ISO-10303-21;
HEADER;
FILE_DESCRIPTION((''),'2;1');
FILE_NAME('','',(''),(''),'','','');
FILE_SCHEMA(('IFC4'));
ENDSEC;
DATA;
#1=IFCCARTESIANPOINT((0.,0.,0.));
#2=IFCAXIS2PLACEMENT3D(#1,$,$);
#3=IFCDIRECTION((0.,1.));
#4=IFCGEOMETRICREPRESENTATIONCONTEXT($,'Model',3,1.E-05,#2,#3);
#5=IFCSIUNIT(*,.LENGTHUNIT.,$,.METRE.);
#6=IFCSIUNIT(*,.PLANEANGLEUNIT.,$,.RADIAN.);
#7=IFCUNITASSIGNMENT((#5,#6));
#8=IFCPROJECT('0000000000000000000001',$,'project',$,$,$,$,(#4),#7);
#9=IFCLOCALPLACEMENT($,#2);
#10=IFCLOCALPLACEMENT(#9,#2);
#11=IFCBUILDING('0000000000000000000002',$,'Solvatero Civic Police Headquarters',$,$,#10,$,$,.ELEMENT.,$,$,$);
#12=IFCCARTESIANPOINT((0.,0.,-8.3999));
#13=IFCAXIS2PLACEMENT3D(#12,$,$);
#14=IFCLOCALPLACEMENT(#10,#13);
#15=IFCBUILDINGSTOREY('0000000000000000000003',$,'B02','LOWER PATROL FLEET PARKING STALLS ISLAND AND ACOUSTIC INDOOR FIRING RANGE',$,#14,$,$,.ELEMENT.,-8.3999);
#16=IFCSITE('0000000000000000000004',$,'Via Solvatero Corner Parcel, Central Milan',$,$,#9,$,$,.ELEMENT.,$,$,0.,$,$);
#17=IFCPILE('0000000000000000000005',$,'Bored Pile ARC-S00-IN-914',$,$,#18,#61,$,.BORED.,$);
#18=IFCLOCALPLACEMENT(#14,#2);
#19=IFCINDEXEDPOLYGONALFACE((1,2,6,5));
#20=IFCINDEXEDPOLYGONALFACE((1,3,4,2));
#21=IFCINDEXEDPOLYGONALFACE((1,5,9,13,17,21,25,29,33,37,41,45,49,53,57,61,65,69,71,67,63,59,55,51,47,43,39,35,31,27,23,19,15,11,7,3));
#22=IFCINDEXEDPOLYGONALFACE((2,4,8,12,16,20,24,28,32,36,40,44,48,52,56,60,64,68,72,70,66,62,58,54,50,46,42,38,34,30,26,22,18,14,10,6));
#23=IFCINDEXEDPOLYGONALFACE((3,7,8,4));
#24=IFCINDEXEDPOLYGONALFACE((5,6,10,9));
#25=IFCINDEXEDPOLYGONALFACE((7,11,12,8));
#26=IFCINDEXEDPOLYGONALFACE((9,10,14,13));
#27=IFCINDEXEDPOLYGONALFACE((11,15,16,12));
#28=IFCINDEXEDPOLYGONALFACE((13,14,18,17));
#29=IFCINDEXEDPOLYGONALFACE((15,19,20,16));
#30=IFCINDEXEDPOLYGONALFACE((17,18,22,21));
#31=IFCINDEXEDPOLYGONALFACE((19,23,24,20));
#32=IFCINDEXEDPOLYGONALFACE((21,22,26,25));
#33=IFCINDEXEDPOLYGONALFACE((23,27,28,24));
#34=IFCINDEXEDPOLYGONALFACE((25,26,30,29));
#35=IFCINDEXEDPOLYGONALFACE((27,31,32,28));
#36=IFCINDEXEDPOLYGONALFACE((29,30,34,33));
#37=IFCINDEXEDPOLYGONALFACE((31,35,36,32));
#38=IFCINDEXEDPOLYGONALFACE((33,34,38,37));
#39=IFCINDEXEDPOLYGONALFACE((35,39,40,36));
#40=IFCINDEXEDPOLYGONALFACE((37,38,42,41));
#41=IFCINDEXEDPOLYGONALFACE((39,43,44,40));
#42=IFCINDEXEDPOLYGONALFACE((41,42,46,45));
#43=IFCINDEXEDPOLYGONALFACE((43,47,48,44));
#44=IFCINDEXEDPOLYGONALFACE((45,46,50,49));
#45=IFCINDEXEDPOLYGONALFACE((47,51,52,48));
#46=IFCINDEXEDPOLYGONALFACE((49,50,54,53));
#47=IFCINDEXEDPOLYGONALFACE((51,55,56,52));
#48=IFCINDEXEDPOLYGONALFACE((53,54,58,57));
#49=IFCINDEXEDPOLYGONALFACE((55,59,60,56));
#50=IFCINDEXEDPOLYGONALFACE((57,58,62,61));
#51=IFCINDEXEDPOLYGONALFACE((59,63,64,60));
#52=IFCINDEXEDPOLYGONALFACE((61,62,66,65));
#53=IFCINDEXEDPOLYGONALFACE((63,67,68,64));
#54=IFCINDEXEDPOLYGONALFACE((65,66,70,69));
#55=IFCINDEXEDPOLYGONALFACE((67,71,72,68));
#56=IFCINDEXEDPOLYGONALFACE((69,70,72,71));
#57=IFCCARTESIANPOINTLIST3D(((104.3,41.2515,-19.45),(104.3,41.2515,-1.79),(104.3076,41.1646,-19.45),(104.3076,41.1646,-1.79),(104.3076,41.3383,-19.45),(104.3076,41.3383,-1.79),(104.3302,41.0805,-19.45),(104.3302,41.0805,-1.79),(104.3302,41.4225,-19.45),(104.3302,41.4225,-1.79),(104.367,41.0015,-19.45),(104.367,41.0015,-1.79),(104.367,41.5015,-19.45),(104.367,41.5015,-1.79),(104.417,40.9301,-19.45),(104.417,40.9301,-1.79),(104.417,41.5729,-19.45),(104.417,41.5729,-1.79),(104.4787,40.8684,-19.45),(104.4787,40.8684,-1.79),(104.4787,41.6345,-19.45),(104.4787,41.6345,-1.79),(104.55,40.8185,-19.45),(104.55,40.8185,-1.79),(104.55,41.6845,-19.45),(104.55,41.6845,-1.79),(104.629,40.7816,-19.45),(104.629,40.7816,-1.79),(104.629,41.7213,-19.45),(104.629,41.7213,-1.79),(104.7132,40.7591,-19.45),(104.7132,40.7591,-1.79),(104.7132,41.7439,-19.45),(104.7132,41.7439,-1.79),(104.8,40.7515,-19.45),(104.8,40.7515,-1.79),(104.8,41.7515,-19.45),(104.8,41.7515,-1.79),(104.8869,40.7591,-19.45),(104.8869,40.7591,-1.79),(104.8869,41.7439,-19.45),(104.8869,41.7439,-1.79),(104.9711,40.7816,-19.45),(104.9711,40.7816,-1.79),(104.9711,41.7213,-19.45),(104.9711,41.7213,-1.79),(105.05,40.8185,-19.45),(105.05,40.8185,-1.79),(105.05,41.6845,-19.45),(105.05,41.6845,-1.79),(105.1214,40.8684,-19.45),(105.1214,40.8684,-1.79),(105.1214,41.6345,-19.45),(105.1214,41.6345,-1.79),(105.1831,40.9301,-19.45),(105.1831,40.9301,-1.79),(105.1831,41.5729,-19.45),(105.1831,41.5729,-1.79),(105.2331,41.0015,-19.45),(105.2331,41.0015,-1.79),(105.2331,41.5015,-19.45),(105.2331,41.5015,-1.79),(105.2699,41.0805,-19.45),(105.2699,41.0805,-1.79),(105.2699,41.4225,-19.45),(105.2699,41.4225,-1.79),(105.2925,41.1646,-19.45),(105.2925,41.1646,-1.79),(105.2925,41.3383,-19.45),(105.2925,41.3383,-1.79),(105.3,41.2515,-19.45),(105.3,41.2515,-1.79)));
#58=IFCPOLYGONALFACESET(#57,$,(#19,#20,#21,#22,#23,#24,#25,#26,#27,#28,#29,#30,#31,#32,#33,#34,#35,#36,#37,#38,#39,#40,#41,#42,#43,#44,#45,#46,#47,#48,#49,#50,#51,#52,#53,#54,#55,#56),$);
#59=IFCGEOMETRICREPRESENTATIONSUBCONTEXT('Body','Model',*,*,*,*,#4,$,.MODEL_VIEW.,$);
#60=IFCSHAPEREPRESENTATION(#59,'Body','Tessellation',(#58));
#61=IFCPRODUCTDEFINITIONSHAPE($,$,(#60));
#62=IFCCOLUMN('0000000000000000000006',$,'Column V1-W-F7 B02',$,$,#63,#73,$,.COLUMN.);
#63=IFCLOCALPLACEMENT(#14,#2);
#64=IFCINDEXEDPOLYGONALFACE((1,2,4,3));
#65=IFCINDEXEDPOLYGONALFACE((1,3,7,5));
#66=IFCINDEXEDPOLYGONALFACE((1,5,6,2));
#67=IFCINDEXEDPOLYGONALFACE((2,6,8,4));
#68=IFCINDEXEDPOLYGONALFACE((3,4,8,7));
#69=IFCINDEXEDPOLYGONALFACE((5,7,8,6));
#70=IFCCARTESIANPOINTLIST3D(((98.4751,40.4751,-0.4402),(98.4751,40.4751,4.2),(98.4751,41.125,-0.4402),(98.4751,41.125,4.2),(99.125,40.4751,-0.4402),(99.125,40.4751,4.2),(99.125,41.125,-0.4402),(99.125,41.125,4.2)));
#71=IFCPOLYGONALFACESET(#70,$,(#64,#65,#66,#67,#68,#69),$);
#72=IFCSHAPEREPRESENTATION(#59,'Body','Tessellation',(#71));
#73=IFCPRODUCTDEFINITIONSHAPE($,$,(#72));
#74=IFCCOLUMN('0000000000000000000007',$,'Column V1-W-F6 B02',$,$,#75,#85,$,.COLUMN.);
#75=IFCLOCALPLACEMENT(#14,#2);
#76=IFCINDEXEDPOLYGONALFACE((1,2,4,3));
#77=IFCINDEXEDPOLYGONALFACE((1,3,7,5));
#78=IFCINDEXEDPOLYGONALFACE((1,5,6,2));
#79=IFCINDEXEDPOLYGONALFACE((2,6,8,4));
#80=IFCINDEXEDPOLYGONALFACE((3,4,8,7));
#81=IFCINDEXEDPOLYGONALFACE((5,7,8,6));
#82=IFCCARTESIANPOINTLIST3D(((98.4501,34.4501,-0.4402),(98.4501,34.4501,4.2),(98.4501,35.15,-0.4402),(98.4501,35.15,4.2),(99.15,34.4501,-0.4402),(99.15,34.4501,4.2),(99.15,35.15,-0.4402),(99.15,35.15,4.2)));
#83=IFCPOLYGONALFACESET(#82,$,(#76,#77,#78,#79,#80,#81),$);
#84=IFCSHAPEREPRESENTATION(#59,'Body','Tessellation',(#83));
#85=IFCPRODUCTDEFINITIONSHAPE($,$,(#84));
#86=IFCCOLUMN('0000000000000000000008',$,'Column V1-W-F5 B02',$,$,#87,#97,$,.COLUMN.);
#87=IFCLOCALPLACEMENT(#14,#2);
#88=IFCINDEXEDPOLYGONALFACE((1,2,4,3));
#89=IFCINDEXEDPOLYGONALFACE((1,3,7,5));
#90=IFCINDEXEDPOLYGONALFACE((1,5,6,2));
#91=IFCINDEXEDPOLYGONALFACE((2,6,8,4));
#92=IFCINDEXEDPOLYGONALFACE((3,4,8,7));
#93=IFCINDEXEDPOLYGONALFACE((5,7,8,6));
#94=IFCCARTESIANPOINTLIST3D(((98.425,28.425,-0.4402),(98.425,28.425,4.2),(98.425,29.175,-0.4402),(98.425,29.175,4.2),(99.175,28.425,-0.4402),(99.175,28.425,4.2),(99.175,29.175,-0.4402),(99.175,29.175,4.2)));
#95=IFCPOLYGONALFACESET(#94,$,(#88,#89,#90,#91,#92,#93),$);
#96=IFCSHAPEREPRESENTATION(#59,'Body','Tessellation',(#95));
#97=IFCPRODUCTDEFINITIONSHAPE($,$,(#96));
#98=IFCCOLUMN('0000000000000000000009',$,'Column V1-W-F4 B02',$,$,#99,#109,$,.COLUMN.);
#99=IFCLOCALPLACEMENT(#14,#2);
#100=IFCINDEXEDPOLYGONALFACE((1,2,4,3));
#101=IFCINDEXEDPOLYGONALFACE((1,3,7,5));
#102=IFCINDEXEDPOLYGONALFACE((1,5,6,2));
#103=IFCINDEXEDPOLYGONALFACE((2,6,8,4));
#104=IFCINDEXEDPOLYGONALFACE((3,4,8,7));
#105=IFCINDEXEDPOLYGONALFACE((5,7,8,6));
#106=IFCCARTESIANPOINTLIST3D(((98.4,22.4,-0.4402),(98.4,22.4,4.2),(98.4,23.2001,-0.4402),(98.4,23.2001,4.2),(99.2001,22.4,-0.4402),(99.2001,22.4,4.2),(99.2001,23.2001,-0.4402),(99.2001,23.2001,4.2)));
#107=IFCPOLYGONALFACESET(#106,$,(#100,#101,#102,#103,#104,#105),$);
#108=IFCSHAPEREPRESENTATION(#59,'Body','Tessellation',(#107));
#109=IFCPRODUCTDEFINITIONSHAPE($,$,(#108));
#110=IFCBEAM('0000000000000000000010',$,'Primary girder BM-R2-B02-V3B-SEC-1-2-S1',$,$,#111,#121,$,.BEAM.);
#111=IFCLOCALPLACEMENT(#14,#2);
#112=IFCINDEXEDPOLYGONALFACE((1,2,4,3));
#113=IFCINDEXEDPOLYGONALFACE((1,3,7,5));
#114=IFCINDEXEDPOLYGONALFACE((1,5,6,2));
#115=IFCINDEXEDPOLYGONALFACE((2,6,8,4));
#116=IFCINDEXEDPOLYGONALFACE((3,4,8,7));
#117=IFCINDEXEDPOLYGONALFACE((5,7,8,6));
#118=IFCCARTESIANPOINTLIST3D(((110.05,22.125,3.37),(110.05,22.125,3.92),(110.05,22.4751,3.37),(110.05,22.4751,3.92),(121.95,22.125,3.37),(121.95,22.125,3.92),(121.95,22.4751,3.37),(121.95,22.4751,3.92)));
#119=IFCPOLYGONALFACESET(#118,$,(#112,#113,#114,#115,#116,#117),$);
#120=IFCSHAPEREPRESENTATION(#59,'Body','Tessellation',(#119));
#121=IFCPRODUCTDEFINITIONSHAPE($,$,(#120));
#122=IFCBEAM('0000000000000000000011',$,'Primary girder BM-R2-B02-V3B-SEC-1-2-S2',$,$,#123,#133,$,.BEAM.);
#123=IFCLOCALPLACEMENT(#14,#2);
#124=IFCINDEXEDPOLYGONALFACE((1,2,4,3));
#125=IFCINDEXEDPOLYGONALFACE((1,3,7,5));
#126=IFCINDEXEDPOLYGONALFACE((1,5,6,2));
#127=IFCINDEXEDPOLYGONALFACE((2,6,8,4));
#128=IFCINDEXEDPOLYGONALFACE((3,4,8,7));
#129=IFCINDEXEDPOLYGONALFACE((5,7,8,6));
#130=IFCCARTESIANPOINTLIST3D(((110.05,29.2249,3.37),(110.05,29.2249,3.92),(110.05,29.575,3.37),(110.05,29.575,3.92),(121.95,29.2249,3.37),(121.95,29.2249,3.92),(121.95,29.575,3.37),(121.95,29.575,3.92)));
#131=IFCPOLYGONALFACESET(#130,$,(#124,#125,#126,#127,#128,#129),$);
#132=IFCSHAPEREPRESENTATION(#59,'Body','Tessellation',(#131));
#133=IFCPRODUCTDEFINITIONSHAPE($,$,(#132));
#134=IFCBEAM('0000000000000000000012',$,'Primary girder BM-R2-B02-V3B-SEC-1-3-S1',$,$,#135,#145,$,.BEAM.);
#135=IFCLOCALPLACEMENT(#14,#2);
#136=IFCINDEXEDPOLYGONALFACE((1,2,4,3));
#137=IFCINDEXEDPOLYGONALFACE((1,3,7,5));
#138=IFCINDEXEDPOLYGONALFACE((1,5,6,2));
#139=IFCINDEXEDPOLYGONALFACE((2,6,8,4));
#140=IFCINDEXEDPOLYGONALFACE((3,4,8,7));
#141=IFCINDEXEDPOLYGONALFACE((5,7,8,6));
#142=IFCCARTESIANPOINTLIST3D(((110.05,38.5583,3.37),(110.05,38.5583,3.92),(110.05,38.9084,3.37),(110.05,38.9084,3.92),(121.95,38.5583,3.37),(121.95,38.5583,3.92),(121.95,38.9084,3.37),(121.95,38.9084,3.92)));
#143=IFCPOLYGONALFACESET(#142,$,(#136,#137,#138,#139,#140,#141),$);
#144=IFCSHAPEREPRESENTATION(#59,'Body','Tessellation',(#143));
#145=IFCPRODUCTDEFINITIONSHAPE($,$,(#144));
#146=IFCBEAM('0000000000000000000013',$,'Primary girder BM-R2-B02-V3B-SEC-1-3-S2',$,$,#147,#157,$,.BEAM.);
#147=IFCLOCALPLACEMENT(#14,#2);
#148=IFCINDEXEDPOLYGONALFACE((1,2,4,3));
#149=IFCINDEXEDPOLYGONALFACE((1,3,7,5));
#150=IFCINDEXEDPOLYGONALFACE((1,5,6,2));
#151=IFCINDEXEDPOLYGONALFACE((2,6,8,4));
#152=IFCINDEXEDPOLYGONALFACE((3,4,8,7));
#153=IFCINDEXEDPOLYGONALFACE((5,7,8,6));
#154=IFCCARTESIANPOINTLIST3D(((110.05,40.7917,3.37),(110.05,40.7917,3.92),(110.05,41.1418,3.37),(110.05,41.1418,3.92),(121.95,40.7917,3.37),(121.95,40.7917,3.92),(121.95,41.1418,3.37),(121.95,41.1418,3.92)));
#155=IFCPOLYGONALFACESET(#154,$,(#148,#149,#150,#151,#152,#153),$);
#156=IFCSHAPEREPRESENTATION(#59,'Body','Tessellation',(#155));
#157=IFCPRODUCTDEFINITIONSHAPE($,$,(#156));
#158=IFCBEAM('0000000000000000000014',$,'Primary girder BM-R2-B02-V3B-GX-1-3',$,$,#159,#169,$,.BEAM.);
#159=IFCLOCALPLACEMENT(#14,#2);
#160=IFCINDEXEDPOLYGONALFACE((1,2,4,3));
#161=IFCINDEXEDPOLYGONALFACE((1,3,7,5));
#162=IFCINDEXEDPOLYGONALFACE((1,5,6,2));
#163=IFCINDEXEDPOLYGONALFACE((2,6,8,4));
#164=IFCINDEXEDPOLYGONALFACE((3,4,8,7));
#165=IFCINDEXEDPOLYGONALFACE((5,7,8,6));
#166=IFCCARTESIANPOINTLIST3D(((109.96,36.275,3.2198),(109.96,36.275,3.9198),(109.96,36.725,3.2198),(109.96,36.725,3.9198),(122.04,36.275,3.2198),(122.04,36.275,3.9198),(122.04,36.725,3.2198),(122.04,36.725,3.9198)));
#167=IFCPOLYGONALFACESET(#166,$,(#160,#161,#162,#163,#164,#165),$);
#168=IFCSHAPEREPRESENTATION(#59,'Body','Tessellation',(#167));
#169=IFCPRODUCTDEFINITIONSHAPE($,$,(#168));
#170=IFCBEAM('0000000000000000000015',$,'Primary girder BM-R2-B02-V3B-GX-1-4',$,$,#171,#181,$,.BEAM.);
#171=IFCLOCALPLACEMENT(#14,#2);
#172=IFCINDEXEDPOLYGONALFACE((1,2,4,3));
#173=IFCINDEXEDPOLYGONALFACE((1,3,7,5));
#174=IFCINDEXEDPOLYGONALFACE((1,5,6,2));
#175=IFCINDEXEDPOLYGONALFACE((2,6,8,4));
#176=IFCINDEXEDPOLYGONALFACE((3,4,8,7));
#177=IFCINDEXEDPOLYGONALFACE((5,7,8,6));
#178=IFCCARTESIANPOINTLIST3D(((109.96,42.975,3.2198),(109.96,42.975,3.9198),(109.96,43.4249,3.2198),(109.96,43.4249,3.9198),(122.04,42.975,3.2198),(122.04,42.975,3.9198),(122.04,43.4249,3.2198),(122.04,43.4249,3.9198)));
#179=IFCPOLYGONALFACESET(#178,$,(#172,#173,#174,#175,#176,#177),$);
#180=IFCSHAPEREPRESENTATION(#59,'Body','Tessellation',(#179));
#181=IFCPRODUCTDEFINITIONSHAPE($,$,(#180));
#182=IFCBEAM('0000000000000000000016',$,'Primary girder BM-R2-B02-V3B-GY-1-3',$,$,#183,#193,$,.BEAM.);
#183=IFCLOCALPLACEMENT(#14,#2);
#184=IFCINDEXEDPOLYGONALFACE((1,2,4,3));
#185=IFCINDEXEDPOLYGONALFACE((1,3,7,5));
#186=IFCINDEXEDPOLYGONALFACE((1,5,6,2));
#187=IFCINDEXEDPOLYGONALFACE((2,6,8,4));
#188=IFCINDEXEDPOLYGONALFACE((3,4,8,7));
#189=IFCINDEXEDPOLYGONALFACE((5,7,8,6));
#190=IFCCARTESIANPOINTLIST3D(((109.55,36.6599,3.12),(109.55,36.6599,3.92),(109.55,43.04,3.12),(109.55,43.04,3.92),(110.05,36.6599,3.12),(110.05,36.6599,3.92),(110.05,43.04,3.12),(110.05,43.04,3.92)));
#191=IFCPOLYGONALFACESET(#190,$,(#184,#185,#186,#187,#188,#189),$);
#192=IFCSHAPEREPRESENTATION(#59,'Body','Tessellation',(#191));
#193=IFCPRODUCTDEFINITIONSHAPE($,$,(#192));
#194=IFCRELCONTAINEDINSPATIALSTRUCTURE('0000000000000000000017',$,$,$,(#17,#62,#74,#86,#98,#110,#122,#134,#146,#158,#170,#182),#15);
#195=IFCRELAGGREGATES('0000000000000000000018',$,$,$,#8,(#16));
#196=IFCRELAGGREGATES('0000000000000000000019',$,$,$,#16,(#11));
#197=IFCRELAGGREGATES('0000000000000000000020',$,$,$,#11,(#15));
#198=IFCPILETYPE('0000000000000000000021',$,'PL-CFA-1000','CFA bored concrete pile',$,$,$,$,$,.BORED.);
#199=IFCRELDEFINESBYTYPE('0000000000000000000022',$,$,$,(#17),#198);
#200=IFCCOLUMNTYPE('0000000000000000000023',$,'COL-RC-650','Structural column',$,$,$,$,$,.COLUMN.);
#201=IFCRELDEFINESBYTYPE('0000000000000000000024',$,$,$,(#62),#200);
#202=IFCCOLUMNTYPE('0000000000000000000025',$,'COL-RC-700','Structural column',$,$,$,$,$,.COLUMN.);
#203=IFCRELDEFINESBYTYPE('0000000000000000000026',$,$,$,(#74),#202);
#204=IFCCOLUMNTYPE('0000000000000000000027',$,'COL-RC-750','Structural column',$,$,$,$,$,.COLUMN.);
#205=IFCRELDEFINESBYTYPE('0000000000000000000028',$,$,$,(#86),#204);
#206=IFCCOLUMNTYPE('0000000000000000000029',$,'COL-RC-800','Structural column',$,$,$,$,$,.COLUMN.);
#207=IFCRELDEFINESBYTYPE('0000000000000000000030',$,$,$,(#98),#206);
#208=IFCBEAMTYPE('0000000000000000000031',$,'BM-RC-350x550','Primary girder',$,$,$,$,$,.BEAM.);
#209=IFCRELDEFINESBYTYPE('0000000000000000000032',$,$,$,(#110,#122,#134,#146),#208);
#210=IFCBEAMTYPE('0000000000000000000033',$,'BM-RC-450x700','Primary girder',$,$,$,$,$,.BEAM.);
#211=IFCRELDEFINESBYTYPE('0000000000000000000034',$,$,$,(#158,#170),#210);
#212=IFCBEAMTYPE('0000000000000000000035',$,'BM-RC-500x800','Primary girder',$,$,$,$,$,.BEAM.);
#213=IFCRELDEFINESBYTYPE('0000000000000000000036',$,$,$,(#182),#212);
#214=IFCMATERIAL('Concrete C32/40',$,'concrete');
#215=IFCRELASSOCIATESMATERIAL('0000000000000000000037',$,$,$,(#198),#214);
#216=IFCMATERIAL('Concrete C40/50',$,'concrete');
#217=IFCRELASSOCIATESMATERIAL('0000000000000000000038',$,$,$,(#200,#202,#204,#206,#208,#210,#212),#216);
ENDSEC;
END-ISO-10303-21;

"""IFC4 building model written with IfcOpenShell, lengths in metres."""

from ifc_helpers import new_model, si_unit, direction, frame, origin, origin_2d, place, context, subcontext, project, spatial, rectangle, circle, extrude, material, material_profile, profile_set, type_object, element, save


model = new_model("IFC4")

# Units and contexts
model_context = context("Model", 3, precision=1e-05, world=origin(), true_north=direction((0.0, 1.0)))
body_context = subcontext(model_context, "Body", "Model", "MODEL_VIEW")
ifc_project = project(units=[si_unit("LENGTHUNIT", "METRE"), si_unit("PLANEANGLEUNIT", "RADIAN")], contexts=[model_context])

# Site, building, storey
site_placement = place(None, origin())
site = spatial("IfcSite", under=ifc_project, at=site_placement, Name="Via Solvatero Corner Parcel, Central Milan", CompositionType="ELEMENT", RefElevation=0.0)
building_placement = place(site_placement, origin())
building = spatial("IfcBuilding", under=site, at=building_placement, Name="Solvatero Civic Police Headquarters", CompositionType="ELEMENT")
storey_placement = place(building_placement, frame((0.0, 0.0, -8.3999)))
storey = spatial("IfcBuildingStorey", under=building, at=storey_placement, Name="B02", Description="LOWER PATROL FLEET PARKING STALLS ISLAND AND ACOUSTIC INDOOR FIRING RANGE", CompositionType="ELEMENT", Elevation=-8.3999)

# Pile
ifc_material_1 = material(Name="Concrete C32/40", Category="concrete")
ifc_material_profile_1 = material_profile(ifc_material_1, circle(Radius=0.5, at=origin_2d()), Name="CFA PILE D1000")
ifc_profile_set_1 = profile_set([ifc_material_profile_1], Name="Concrete C32/40")
pile_type = type_object("IfcPileType", Name="PL-CFA-1000", Description="CFA bored concrete pile", PredefinedType="BORED", material=ifc_profile_set_1)
for number, where, z_axis, x_axis, name in (
    (1, (104.8, 41.2515, -1.79), (0.0, 0.0, -1.0), (1.0, 0.0, 0.0), "Bored Pile ARC-S00-IN-914"),
):
    element("IfcPile", number, at=place(storey_placement, frame(where, z_axis=z_axis, x_axis=x_axis)), inside=storey, type_object=pile_type, Name=name, PredefinedType="BORED", context=body_context, shape_type="SweptSolid", body=[
        extrude(circle(Radius=0.5, at=origin_2d()), origin(), (0.0, 0.0, 1.0), 17.6599),
    ])

# Columns
ifc_material_2 = material(Name="Concrete C40/50", Category="concrete")
ifc_material_profile_2 = material_profile(ifc_material_2, rectangle(XDim=0.6499, YDim=0.6499, at=origin_2d()), Name="RC 650x650")
ifc_profile_set_2 = profile_set([ifc_material_profile_2], Name="Concrete C40/50")
column_type_1 = type_object("IfcColumnType", Name="COL-RC-650", Description="Structural column", PredefinedType="COLUMN", material=ifc_profile_set_2)
column_1_placement = place(storey_placement, frame((98.8, 40.8, -0.4402), z_axis=(0.0, 0.0, 1.0), x_axis=(1.0, 0.0, 0.0)))
element("IfcColumn", 2, at=column_1_placement, inside=storey, type_object=column_type_1, Name="Column V1-W-F7 B02", PredefinedType="COLUMN", context=body_context, shape_type="SweptSolid", body=[
    extrude(rectangle(XDim=0.6499, YDim=0.6499, at=origin_2d()), origin(), (0.0, 0.0, 1.0), 4.6401),
])
ifc_material_profile_3 = material_profile(ifc_material_2, rectangle(XDim=0.7, YDim=0.7, at=origin_2d()), Name="RC 700x700")
ifc_profile_set_3 = profile_set([ifc_material_profile_3], Name="Concrete C40/50")
column_type_2 = type_object("IfcColumnType", Name="COL-RC-700", Description="Structural column", PredefinedType="COLUMN", material=ifc_profile_set_3)
column_2_placement = place(storey_placement, frame((98.8, 34.8, -0.4402), z_axis=(0.0, 0.0, 1.0), x_axis=(1.0, 0.0, 0.0)))
element("IfcColumn", 3, at=column_2_placement, inside=storey, type_object=column_type_2, Name="Column V1-W-F6 B02", PredefinedType="COLUMN", context=body_context, shape_type="SweptSolid", body=[
    extrude(rectangle(XDim=0.7, YDim=0.7, at=origin_2d()), origin(), (0.0, 0.0, 1.0), 4.6401),
])
ifc_material_profile_4 = material_profile(ifc_material_2, rectangle(XDim=0.75, YDim=0.75, at=origin_2d()), Name="RC 750x750")
ifc_profile_set_4 = profile_set([ifc_material_profile_4], Name="Concrete C40/50")
column_type_3 = type_object("IfcColumnType", Name="COL-RC-750", Description="Structural column", PredefinedType="COLUMN", material=ifc_profile_set_4)
column_3_placement = place(storey_placement, frame((98.8, 28.8, -0.4402), z_axis=(0.0, 0.0, 1.0), x_axis=(1.0, 0.0, 0.0)))
element("IfcColumn", 4, at=column_3_placement, inside=storey, type_object=column_type_3, Name="Column V1-W-F5 B02", PredefinedType="COLUMN", context=body_context, shape_type="SweptSolid", body=[
    extrude(rectangle(XDim=0.75, YDim=0.75, at=origin_2d()), origin(), (0.0, 0.0, 1.0), 4.6401),
])
ifc_material_profile_5 = material_profile(ifc_material_2, rectangle(XDim=0.8, YDim=0.8, at=origin_2d()), Name="RC 800x800")
ifc_profile_set_5 = profile_set([ifc_material_profile_5], Name="Concrete C40/50")
column_type_4 = type_object("IfcColumnType", Name="COL-RC-800", Description="Structural column", PredefinedType="COLUMN", material=ifc_profile_set_5)
column_4_placement = place(storey_placement, frame((98.8, 22.8, -0.4402), z_axis=(0.0, 0.0, 1.0), x_axis=(1.0, 0.0, 0.0)))
element("IfcColumn", 5, at=column_4_placement, inside=storey, type_object=column_type_4, Name="Column V1-W-F4 B02", PredefinedType="COLUMN", context=body_context, shape_type="SweptSolid", body=[
    extrude(rectangle(XDim=0.8, YDim=0.8, at=origin_2d()), origin(), (0.0, 0.0, 1.0), 4.6401),
])

# Beams
ifc_material_profile_6 = material_profile(ifc_material_2, rectangle(XDim=0.3501, YDim=0.55, at=origin_2d()), Name="RC 350x550")
ifc_profile_set_6 = profile_set([ifc_material_profile_6], Name="Concrete C40/50")
beam_type_1 = type_object("IfcBeamType", Name="BM-RC-350x550", Description="Primary girder", PredefinedType="BEAM", material=ifc_profile_set_6)
for number, where, z_axis, x_axis, name in (
    (6, (110.05, 22.3, 3.645), (1.0, 0.0, 0.0), (0.0, 1.0, 0.0), "Primary girder BM-R2-B02-V3B-SEC-1-2-S1"),
    (7, (110.05, 29.3999, 3.645), (1.0, 0.0, 0.0), (0.0, 1.0, 0.0), "Primary girder BM-R2-B02-V3B-SEC-1-2-S2"),
    (8, (110.05, 38.7334, 3.645), (1.0, 0.0, 0.0), (0.0, 1.0, 0.0), "Primary girder BM-R2-B02-V3B-SEC-1-3-S1"),
    (9, (110.05, 40.9668, 3.645), (1.0, 0.0, 0.0), (0.0, 1.0, 0.0), "Primary girder BM-R2-B02-V3B-SEC-1-3-S2"),
):
    element("IfcBeam", number, at=place(storey_placement, frame(where, z_axis=z_axis, x_axis=x_axis)), inside=storey, type_object=beam_type_1, Name=name, PredefinedType="BEAM", context=body_context, shape_type="SweptSolid", body=[
        extrude(rectangle(XDim=0.3501, YDim=0.55, at=origin_2d()), origin(), (0.0, 0.0, 1.0), 11.8999),
    ])
ifc_material_profile_7 = material_profile(ifc_material_2, rectangle(XDim=0.45, YDim=0.7, at=origin_2d()), Name="RC 450x700")
ifc_profile_set_7 = profile_set([ifc_material_profile_7], Name="Concrete C40/50")
beam_type_2 = type_object("IfcBeamType", Name="BM-RC-450x700", Description="Primary girder", PredefinedType="BEAM", material=ifc_profile_set_7)
for number, where, z_axis, x_axis, name in (
    (10, (109.96, 36.5, 3.5698), (1.0, 0.0, 0.0), (0.0, 1.0, 0.0), "Primary girder BM-R2-B02-V3B-GX-1-3"),
    (11, (109.96, 43.2, 3.5698), (1.0, 0.0, 0.0), (0.0, 1.0, 0.0), "Primary girder BM-R2-B02-V3B-GX-1-4"),
):
    element("IfcBeam", number, at=place(storey_placement, frame(where, z_axis=z_axis, x_axis=x_axis)), inside=storey, type_object=beam_type_2, Name=name, PredefinedType="BEAM", context=body_context, shape_type="SweptSolid", body=[
        extrude(rectangle(XDim=0.45, YDim=0.7, at=origin_2d()), origin(), (0.0, 0.0, 1.0), 12.0801),
    ])
ifc_material_profile_8 = material_profile(ifc_material_2, rectangle(XDim=0.5, YDim=0.8, at=origin_2d()), Name="RC 500x800")
ifc_profile_set_8 = profile_set([ifc_material_profile_8], Name="Concrete C40/50")
beam_type_3 = type_object("IfcBeamType", Name="BM-RC-500x800", Description="Primary girder", PredefinedType="BEAM", material=ifc_profile_set_8)
beam_placement = place(storey_placement, frame((109.8, 36.6599, 3.52), z_axis=(0.0, 1.0, 0.0), x_axis=(-1.0, 0.0, 0.0)))
element("IfcBeam", 12, at=beam_placement, inside=storey, type_object=beam_type_3, Name="Primary girder BM-R2-B02-V3B-GY-1-3", PredefinedType="BEAM", context=body_context, shape_type="SweptSolid", body=[
    extrude(rectangle(XDim=0.5, YDim=0.8, at=origin_2d()), origin(), (0.0, 0.0, 1.0), 6.3801),
])

save(model, "model.ifc")
